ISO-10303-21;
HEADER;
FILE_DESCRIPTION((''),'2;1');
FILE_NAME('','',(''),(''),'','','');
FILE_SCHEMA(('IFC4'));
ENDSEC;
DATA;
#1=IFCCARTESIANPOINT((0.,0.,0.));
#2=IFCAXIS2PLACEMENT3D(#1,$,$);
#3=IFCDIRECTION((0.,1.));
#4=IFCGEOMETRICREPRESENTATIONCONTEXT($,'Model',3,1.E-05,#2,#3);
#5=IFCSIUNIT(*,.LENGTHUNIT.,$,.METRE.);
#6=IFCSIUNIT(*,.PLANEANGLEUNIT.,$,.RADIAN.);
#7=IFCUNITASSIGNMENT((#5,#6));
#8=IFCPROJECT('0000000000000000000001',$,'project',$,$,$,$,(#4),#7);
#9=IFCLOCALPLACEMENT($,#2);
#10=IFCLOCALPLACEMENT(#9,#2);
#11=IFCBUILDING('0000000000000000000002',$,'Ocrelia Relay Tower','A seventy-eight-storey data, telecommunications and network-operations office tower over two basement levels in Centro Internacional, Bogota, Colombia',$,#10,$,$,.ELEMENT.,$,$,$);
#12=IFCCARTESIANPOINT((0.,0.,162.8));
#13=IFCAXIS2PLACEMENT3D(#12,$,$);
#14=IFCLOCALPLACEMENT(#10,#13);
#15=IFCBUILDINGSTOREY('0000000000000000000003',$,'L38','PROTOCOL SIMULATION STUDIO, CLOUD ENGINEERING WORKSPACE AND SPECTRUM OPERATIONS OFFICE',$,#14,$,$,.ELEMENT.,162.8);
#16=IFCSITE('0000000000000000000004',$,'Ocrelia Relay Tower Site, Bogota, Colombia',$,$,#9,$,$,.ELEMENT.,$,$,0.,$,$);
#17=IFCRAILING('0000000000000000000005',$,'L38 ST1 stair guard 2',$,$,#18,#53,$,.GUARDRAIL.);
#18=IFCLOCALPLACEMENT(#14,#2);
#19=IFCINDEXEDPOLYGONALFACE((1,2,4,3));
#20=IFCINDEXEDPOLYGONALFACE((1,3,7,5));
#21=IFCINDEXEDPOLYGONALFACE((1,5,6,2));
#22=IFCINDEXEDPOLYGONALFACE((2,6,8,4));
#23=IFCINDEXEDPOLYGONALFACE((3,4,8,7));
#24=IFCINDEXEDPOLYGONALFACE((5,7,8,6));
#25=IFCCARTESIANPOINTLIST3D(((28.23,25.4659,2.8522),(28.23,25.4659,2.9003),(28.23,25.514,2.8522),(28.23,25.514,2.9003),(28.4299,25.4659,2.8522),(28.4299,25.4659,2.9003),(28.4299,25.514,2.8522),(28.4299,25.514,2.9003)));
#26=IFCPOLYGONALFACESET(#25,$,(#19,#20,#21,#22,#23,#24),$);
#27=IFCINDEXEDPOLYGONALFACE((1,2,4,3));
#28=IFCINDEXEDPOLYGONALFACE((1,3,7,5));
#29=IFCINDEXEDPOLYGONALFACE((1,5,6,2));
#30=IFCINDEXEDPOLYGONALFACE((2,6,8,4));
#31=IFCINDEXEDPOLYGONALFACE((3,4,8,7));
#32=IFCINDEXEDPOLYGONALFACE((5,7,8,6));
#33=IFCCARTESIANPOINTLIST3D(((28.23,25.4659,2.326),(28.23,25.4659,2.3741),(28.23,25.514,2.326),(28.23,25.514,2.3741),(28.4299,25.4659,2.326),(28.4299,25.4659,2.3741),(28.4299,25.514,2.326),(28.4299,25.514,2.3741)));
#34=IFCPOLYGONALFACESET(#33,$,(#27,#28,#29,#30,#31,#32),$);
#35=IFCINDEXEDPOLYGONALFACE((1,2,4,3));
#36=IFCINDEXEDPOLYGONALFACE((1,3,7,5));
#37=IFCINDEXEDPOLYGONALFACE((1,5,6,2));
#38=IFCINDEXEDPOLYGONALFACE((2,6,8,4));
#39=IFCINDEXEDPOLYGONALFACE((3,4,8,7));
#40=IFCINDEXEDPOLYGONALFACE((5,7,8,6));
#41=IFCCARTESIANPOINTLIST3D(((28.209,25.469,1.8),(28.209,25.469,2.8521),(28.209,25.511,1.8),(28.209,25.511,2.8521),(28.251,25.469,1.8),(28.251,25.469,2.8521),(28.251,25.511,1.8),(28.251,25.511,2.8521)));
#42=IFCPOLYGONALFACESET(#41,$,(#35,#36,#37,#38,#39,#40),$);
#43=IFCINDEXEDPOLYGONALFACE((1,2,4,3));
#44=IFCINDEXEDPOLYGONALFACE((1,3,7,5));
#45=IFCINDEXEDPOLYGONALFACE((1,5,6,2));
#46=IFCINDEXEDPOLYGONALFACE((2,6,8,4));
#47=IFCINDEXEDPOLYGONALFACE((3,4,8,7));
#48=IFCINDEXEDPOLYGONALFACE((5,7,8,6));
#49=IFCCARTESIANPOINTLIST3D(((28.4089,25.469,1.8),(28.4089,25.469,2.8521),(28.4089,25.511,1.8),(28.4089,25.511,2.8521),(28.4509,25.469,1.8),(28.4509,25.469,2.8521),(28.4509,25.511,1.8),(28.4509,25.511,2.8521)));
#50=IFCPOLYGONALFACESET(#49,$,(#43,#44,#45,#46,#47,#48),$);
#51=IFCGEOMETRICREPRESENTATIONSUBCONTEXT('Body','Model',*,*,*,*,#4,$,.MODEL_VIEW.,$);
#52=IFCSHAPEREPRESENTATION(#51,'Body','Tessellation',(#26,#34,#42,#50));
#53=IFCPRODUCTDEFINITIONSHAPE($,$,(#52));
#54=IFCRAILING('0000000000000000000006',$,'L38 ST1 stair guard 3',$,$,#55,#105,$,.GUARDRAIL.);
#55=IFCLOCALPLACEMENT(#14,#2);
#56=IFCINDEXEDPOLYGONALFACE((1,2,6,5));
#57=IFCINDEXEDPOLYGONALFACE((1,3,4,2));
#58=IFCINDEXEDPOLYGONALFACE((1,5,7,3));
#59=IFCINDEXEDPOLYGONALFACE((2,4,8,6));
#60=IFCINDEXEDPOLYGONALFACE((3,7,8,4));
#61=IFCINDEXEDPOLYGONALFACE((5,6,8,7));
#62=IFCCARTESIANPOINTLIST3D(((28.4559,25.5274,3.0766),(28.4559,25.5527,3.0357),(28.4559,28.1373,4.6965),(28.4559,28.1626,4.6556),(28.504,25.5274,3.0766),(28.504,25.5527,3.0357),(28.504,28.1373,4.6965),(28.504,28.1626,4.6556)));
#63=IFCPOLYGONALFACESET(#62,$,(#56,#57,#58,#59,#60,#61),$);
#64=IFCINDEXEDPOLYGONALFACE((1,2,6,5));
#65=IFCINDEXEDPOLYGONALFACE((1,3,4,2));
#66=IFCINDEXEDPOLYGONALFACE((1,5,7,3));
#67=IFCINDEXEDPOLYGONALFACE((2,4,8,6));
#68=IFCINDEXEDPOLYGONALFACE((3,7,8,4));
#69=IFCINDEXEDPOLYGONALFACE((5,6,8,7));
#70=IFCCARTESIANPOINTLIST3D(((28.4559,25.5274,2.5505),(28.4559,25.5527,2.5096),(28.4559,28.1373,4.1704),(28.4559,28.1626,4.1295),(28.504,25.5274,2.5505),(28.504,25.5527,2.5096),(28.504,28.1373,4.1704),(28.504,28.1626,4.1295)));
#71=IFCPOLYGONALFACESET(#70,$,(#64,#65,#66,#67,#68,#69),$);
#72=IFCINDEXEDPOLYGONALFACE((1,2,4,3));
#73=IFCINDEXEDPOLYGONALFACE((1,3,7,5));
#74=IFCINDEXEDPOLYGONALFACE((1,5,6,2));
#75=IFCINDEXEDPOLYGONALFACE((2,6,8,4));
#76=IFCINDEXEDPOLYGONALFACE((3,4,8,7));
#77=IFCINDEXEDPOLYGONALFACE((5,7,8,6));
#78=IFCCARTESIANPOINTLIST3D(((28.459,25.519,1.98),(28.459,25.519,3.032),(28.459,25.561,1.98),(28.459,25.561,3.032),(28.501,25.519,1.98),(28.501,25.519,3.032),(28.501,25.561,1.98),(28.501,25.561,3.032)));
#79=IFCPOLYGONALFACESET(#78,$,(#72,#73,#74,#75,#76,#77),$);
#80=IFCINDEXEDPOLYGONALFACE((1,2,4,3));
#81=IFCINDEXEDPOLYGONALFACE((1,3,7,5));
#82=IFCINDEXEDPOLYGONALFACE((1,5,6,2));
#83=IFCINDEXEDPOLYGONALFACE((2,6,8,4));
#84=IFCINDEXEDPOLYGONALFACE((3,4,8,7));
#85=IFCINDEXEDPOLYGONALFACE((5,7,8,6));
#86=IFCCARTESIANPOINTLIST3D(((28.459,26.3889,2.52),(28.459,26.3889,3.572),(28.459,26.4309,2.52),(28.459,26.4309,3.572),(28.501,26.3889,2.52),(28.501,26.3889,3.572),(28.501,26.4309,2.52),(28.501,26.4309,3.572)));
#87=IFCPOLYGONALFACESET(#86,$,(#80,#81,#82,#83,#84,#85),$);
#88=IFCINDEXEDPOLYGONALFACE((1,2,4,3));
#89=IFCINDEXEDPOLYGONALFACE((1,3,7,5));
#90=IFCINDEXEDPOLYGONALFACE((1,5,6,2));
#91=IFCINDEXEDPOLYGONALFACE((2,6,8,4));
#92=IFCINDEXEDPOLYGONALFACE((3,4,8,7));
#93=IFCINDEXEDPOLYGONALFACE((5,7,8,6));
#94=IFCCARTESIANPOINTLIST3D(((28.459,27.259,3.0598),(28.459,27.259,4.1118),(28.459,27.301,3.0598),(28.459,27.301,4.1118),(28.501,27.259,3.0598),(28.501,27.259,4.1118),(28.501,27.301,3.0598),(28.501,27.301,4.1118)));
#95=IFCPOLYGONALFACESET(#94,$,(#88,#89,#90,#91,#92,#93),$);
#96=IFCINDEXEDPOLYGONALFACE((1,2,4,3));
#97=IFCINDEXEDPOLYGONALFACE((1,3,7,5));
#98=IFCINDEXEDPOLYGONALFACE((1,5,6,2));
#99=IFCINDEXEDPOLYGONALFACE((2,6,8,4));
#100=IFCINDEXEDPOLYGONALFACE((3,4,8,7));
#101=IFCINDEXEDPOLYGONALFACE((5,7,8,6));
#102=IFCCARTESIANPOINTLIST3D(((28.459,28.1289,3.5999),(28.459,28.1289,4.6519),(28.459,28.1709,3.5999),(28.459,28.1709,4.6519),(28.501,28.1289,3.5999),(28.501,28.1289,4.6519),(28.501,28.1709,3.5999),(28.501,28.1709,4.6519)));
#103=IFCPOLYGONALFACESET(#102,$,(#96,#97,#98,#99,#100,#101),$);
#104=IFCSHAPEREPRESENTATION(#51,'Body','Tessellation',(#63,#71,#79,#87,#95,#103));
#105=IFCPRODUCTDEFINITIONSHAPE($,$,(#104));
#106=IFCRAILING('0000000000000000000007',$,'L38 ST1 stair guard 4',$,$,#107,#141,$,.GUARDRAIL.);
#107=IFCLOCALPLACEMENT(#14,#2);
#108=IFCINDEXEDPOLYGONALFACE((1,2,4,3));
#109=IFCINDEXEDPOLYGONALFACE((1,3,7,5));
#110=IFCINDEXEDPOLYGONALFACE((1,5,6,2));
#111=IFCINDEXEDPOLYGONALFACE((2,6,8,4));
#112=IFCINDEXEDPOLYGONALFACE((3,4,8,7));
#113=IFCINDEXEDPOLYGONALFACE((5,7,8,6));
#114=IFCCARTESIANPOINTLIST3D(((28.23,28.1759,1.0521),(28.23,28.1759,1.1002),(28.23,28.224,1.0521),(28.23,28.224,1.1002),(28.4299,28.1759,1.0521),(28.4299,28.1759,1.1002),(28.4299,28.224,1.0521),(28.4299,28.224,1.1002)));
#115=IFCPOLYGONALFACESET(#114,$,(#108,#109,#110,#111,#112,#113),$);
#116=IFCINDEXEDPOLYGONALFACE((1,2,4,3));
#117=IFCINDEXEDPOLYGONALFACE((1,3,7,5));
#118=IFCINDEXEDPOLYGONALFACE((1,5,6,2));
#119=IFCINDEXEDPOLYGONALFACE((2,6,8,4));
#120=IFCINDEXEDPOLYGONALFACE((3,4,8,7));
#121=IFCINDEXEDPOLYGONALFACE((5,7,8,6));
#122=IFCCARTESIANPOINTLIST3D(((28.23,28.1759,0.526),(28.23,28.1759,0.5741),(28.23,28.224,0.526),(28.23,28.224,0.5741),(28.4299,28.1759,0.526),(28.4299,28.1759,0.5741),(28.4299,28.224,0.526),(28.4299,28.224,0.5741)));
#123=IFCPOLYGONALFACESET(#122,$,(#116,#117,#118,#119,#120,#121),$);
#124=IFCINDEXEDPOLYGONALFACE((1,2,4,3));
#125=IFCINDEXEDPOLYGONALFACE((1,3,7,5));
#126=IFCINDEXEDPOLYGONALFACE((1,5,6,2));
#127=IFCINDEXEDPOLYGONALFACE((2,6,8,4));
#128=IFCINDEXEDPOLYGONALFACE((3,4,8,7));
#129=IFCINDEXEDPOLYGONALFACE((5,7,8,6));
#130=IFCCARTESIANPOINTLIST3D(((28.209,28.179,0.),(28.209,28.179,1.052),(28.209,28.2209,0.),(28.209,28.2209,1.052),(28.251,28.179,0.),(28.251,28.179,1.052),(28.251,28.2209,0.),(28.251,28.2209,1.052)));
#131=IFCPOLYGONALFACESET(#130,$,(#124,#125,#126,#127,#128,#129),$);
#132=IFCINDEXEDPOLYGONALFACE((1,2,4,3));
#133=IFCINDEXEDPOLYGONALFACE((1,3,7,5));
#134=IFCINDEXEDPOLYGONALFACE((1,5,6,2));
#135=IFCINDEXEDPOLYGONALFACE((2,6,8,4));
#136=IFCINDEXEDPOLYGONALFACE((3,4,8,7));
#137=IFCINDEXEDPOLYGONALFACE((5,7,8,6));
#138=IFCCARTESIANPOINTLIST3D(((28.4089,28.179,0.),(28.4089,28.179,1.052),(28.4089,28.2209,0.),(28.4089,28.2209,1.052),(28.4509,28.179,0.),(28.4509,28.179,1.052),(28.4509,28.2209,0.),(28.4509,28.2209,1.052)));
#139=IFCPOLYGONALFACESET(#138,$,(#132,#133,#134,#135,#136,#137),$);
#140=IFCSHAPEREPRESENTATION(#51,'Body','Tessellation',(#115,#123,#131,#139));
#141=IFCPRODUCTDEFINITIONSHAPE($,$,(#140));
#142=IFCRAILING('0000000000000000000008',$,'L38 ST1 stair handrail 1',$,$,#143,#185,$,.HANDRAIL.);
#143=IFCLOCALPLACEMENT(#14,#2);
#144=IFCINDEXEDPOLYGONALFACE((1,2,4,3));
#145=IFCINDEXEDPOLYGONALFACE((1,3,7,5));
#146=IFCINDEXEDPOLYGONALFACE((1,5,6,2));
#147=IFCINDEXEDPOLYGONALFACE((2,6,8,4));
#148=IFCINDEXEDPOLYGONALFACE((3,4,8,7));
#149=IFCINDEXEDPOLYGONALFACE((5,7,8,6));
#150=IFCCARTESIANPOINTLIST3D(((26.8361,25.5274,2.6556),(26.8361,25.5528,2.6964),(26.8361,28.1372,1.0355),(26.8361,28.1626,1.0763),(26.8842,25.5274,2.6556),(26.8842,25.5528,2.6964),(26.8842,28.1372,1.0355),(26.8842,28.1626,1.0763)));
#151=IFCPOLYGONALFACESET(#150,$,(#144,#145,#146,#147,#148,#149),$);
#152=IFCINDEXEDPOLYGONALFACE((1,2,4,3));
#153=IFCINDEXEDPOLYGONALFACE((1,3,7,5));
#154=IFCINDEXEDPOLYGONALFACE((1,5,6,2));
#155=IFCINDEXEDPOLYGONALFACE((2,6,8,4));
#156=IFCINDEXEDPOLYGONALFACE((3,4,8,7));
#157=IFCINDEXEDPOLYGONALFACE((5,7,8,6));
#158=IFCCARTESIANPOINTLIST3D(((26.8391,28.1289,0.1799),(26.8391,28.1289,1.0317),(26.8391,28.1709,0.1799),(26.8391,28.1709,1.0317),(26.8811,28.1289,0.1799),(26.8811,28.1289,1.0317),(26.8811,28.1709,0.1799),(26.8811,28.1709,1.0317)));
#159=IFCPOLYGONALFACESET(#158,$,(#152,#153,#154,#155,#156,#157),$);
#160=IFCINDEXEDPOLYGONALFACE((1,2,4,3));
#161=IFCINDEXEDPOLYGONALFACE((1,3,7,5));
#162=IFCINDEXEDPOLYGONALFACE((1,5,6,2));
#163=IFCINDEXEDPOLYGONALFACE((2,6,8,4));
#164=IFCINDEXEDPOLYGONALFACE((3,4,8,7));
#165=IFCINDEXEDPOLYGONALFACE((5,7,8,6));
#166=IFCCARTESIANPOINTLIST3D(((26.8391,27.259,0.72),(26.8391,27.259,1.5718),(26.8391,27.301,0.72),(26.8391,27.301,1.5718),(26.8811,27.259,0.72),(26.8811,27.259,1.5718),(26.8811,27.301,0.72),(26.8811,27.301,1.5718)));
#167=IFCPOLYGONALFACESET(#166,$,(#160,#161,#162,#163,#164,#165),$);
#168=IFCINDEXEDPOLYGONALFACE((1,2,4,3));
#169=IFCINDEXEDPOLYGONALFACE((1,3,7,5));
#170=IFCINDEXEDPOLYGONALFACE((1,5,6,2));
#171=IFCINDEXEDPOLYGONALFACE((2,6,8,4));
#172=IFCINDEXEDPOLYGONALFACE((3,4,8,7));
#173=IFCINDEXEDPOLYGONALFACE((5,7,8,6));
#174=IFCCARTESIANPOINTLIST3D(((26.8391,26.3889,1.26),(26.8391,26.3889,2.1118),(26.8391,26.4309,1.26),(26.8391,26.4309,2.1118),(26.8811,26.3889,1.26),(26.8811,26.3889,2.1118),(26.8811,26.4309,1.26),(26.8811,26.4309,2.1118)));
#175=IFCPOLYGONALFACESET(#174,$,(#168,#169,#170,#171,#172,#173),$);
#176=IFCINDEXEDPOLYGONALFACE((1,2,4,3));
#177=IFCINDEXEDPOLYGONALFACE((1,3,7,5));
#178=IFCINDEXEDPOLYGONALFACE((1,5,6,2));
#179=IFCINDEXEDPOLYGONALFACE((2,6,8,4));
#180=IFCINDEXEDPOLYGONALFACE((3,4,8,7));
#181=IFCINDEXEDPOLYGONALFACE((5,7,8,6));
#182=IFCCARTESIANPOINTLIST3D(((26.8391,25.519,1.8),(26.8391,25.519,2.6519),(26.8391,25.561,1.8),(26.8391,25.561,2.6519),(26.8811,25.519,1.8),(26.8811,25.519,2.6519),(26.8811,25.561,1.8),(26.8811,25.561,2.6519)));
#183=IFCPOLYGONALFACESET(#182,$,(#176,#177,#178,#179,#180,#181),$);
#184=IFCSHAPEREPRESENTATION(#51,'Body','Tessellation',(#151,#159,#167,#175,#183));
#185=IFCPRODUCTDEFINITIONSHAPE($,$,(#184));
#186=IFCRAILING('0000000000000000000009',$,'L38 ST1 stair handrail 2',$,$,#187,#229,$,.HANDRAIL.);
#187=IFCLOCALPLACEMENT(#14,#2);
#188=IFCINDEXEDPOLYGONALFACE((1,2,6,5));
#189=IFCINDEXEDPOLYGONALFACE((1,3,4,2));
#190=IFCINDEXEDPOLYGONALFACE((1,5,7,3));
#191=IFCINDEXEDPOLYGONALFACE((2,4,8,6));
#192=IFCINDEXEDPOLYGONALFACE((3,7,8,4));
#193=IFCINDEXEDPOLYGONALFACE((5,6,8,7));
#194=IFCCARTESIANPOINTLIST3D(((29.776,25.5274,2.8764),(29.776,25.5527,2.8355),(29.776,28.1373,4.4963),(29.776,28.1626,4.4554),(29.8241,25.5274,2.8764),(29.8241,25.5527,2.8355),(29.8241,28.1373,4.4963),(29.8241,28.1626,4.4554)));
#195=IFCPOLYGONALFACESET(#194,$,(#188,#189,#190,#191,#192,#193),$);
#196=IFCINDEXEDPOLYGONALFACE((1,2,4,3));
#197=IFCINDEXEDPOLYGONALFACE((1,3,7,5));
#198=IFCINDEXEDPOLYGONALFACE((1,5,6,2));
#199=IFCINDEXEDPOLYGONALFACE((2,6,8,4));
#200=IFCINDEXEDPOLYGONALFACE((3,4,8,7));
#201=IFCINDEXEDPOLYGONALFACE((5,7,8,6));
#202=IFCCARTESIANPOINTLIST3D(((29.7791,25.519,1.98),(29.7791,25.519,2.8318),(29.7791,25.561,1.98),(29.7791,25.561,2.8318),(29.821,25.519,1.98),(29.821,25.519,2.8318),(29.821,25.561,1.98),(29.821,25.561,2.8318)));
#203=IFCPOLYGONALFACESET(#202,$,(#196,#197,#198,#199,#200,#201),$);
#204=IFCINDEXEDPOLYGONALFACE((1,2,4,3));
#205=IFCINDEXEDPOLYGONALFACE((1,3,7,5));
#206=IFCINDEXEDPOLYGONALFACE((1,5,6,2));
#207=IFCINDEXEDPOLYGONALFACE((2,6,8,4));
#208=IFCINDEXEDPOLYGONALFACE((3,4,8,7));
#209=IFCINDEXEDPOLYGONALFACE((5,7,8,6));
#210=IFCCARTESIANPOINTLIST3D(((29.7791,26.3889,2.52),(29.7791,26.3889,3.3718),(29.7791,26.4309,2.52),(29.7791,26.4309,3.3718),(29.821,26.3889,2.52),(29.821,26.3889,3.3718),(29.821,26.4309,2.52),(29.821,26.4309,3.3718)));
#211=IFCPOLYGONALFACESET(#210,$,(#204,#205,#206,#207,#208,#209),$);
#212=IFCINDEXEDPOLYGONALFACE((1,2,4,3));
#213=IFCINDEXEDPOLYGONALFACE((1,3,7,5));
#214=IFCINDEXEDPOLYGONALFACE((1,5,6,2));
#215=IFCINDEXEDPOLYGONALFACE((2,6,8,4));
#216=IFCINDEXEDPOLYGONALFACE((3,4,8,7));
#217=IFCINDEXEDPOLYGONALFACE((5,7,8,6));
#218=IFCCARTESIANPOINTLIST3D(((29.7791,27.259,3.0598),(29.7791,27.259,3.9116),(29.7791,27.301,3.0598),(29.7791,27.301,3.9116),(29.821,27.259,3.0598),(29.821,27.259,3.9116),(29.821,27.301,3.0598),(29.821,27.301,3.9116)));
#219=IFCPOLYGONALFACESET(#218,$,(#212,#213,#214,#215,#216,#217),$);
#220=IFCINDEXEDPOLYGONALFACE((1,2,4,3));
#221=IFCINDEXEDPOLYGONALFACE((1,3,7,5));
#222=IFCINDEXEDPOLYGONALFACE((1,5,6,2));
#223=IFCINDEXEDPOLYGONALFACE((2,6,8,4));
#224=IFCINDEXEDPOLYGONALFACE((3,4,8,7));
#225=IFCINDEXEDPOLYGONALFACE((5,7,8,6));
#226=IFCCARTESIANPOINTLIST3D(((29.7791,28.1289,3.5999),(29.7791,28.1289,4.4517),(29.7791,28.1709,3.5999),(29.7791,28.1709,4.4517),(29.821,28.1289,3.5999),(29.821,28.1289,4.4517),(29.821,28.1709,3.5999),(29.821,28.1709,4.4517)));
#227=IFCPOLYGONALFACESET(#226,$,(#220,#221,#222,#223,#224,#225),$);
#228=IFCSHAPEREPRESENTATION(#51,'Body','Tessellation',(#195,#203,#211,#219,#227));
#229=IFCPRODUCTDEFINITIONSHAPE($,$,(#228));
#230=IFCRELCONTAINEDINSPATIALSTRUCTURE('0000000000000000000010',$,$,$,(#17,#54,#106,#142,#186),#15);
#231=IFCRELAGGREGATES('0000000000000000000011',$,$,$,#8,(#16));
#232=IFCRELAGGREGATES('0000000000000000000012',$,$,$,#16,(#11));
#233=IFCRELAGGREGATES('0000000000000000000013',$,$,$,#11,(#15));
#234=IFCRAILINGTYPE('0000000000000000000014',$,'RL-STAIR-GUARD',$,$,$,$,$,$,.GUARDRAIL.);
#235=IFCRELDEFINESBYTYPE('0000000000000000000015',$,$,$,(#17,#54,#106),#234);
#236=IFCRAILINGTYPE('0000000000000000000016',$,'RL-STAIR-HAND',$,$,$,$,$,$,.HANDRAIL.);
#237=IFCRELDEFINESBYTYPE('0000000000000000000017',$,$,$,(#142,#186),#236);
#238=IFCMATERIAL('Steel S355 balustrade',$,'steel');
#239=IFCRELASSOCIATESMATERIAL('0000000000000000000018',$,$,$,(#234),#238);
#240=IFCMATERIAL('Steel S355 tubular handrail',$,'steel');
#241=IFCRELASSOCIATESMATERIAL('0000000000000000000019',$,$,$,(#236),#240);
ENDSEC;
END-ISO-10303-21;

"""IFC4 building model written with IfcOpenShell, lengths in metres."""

from ifc_helpers import new_model, si_unit, direction, frame, origin, origin_2d, place, context, subcontext, project, spatial, rectangle, extrude, material, type_object, element, save


model = new_model("IFC4")

# Units and contexts
model_context = context("Model", 3, precision=1e-05, world=origin(), true_north=direction((0.0, 1.0)))
body_context = subcontext(model_context, "Body", "Model", "MODEL_VIEW")
ifc_project = project(units=[si_unit("LENGTHUNIT", "METRE"), si_unit("PLANEANGLEUNIT", "RADIAN")], contexts=[model_context])

# Site, building, storey
site_placement = place(None, origin())
site = spatial("IfcSite", under=ifc_project, at=site_placement, Name="Ocrelia Relay Tower Site, Bogota, Colombia", CompositionType="ELEMENT", RefElevation=0.0)
building_placement = place(site_placement, origin())
building = spatial("IfcBuilding", under=site, at=building_placement, Name="Ocrelia Relay Tower", Description="A seventy-eight-storey data, telecommunications and network-operations office tower over two basement levels in Centro Internacional, Bogota, Colombia", CompositionType="ELEMENT")
storey_placement = place(building_placement, frame((0.0, 0.0, 162.8)))
storey = spatial("IfcBuildingStorey", under=building, at=storey_placement, Name="L38", Description="PROTOCOL SIMULATION STUDIO, CLOUD ENGINEERING WORKSPACE AND SPECTRUM OPERATIONS OFFICE", CompositionType="ELEMENT", Elevation=162.8)

# Railings
ifc_material_1 = material(Name="Steel S355 balustrade", Category="steel")
railing_type_1 = type_object("IfcRailingType", Name="RL-STAIR-GUARD", PredefinedType="GUARDRAIL", material=ifc_material_1)
railing_1_placement = place(storey_placement, frame((28.23, 25.49, 1.8)))
element("IfcRailing", 1, at=railing_1_placement, inside=storey, type_object=railing_type_1, Name="L38 ST1 stair guard 2", PredefinedType="GUARDRAIL", context=body_context, shape_type="SweptSolid", body=[
    extrude(rectangle(XDim=0.0481, YDim=0.0481, at=origin_2d()), frame((0.0, 0.0, 1.0762), z_axis=(1.0, 0.0, 0.0), x_axis=(0.0, 1.0, 0.0)), (0.0, 0.0, 1.0), 0.2),
    extrude(rectangle(XDim=0.0481, YDim=0.0481, at=origin_2d()), frame((0.0, 0.0, 0.55), z_axis=(1.0, 0.0, 0.0), x_axis=(0.0, 1.0, 0.0)), (0.0, 0.0, 1.0), 0.2),
    extrude(rectangle(XDim=0.042, YDim=0.042, at=origin_2d()), origin(), (0.0, 0.0, 1.0), 1.052),
    extrude(rectangle(XDim=0.042, YDim=0.042, at=origin_2d()), frame((0.2, 0.0, 0.0)), (0.0, 0.0, 1.0), 1.052),
])
railing_2_placement = place(storey_placement, frame((28.48, 25.54, 1.98)))
element("IfcRailing", 2, at=railing_2_placement, inside=storey, type_object=railing_type_1, Name="L38 ST1 stair guard 3", PredefinedType="GUARDRAIL", context=body_context, shape_type="SweptSolid", body=[
    extrude(rectangle(XDim=0.0481, YDim=0.0481, at=origin_2d()), frame((0.0, 0.0, 1.0762), z_axis=(0.0, 0.849646, 0.527353), x_axis=(-1.0, 0.0, 0.0)), (0.0, 0.0, 1.0), 3.0718),
    extrude(rectangle(XDim=0.0481, YDim=0.0481, at=origin_2d()), frame((0.0, 0.0, 0.55), z_axis=(0.0, 0.849646, 0.527353), x_axis=(-1.0, 0.0, 0.0)), (0.0, 0.0, 1.0), 3.0718),
    extrude(rectangle(XDim=0.042, YDim=0.042, at=origin_2d()), origin(), (0.0, 0.0, 1.0), 1.052),
    extrude(rectangle(XDim=0.042, YDim=0.042, at=origin_2d()), frame((0.0, 0.8699, 0.54)), (0.0, 0.0, 1.0), 1.052),
    extrude(rectangle(XDim=0.042, YDim=0.042, at=origin_2d()), frame((0.0, 1.74, 1.0798)), (0.0, 0.0, 1.0), 1.052),
    extrude(rectangle(XDim=0.042, YDim=0.042, at=origin_2d()), frame((0.0, 2.6099, 1.6199)), (0.0, 0.0, 1.0), 1.052),
])
railing_3_placement = place(storey_placement, frame((28.23, 28.2, 0.0)))
element("IfcRailing", 3, at=railing_3_placement, inside=storey, type_object=railing_type_1, Name="L38 ST1 stair guard 4", PredefinedType="GUARDRAIL", context=body_context, shape_type="SweptSolid", body=[
    extrude(rectangle(XDim=0.0481, YDim=0.0481, at=origin_2d()), frame((0.0, 0.0, 1.0762), z_axis=(1.0, 0.0, 0.0), x_axis=(0.0, 1.0, 0.0)), (0.0, 0.0, 1.0), 0.2),
    extrude(rectangle(XDim=0.0481, YDim=0.0481, at=origin_2d()), frame((0.0, 0.0, 0.55), z_axis=(1.0, 0.0, 0.0), x_axis=(0.0, 1.0, 0.0)), (0.0, 0.0, 1.0), 0.2),
    extrude(rectangle(XDim=0.042, YDim=0.042, at=origin_2d()), origin(), (0.0, 0.0, 1.0), 1.052),
    extrude(rectangle(XDim=0.042, YDim=0.042, at=origin_2d()), frame((0.2, 0.0, 0.0)), (0.0, 0.0, 1.0), 1.052),
])
ifc_material_2 = material(Name="Steel S355 tubular handrail", Category="steel")
railing_type_2 = type_object("IfcRailingType", Name="RL-STAIR-HAND", PredefinedType="HANDRAIL", material=ifc_material_2)
railing_4_placement = place(storey_placement, frame((26.8601, 28.1499, 0.1799)))
element("IfcRailing", 4, at=railing_4_placement, inside=storey, type_object=railing_type_2, Name="L38 ST1 stair handrail 1", PredefinedType="HANDRAIL", context=body_context, shape_type="SweptSolid", body=[
    extrude(rectangle(XDim=0.0481, YDim=0.0481, at=origin_2d()), frame((0.0, 0.0, 0.876), z_axis=(0.0, -0.849611, 0.52741), x_axis=(1.0, 0.0, 0.0)), (0.0, 0.0, 1.0), 3.0718),
    extrude(rectangle(XDim=0.042, YDim=0.042, at=origin_2d()), origin(), (0.0, 0.0, 1.0), 0.8518),
    extrude(rectangle(XDim=0.042, YDim=0.042, at=origin_2d()), frame((0.0, -0.8699, 0.54)), (0.0, 0.0, 1.0), 0.8518),
    extrude(rectangle(XDim=0.042, YDim=0.042, at=origin_2d()), frame((0.0, -1.74, 1.0801)), (0.0, 0.0, 1.0), 0.8518),
    extrude(rectangle(XDim=0.042, YDim=0.042, at=origin_2d()), frame((0.0, -2.6099, 1.6201)), (0.0, 0.0, 1.0), 0.8518),
])
railing_5_placement = place(storey_placement, frame((29.8, 25.54, 1.98)))
element("IfcRailing", 5, at=railing_5_placement, inside=storey, type_object=railing_type_2, Name="L38 ST1 stair handrail 2", PredefinedType="HANDRAIL", context=body_context, shape_type="SweptSolid", body=[
    extrude(rectangle(XDim=0.0481, YDim=0.0481, at=origin_2d()), frame((0.0, 0.0, 0.876), z_axis=(0.0, 0.849646, 0.527353), x_axis=(-1.0, 0.0, 0.0)), (0.0, 0.0, 1.0), 3.0718),
    extrude(rectangle(XDim=0.042, YDim=0.042, at=origin_2d()), origin(), (0.0, 0.0, 1.0), 0.8518),
    extrude(rectangle(XDim=0.042, YDim=0.042, at=origin_2d()), frame((0.0, 0.8699, 0.54)), (0.0, 0.0, 1.0), 0.8518),
    extrude(rectangle(XDim=0.042, YDim=0.042, at=origin_2d()), frame((0.0, 1.74, 1.0798)), (0.0, 0.0, 1.0), 0.8518),
    extrude(rectangle(XDim=0.042, YDim=0.042, at=origin_2d()), frame((0.0, 2.6099, 1.6199)), (0.0, 0.0, 1.0), 0.8518),
])

save(model, "model.ifc")
